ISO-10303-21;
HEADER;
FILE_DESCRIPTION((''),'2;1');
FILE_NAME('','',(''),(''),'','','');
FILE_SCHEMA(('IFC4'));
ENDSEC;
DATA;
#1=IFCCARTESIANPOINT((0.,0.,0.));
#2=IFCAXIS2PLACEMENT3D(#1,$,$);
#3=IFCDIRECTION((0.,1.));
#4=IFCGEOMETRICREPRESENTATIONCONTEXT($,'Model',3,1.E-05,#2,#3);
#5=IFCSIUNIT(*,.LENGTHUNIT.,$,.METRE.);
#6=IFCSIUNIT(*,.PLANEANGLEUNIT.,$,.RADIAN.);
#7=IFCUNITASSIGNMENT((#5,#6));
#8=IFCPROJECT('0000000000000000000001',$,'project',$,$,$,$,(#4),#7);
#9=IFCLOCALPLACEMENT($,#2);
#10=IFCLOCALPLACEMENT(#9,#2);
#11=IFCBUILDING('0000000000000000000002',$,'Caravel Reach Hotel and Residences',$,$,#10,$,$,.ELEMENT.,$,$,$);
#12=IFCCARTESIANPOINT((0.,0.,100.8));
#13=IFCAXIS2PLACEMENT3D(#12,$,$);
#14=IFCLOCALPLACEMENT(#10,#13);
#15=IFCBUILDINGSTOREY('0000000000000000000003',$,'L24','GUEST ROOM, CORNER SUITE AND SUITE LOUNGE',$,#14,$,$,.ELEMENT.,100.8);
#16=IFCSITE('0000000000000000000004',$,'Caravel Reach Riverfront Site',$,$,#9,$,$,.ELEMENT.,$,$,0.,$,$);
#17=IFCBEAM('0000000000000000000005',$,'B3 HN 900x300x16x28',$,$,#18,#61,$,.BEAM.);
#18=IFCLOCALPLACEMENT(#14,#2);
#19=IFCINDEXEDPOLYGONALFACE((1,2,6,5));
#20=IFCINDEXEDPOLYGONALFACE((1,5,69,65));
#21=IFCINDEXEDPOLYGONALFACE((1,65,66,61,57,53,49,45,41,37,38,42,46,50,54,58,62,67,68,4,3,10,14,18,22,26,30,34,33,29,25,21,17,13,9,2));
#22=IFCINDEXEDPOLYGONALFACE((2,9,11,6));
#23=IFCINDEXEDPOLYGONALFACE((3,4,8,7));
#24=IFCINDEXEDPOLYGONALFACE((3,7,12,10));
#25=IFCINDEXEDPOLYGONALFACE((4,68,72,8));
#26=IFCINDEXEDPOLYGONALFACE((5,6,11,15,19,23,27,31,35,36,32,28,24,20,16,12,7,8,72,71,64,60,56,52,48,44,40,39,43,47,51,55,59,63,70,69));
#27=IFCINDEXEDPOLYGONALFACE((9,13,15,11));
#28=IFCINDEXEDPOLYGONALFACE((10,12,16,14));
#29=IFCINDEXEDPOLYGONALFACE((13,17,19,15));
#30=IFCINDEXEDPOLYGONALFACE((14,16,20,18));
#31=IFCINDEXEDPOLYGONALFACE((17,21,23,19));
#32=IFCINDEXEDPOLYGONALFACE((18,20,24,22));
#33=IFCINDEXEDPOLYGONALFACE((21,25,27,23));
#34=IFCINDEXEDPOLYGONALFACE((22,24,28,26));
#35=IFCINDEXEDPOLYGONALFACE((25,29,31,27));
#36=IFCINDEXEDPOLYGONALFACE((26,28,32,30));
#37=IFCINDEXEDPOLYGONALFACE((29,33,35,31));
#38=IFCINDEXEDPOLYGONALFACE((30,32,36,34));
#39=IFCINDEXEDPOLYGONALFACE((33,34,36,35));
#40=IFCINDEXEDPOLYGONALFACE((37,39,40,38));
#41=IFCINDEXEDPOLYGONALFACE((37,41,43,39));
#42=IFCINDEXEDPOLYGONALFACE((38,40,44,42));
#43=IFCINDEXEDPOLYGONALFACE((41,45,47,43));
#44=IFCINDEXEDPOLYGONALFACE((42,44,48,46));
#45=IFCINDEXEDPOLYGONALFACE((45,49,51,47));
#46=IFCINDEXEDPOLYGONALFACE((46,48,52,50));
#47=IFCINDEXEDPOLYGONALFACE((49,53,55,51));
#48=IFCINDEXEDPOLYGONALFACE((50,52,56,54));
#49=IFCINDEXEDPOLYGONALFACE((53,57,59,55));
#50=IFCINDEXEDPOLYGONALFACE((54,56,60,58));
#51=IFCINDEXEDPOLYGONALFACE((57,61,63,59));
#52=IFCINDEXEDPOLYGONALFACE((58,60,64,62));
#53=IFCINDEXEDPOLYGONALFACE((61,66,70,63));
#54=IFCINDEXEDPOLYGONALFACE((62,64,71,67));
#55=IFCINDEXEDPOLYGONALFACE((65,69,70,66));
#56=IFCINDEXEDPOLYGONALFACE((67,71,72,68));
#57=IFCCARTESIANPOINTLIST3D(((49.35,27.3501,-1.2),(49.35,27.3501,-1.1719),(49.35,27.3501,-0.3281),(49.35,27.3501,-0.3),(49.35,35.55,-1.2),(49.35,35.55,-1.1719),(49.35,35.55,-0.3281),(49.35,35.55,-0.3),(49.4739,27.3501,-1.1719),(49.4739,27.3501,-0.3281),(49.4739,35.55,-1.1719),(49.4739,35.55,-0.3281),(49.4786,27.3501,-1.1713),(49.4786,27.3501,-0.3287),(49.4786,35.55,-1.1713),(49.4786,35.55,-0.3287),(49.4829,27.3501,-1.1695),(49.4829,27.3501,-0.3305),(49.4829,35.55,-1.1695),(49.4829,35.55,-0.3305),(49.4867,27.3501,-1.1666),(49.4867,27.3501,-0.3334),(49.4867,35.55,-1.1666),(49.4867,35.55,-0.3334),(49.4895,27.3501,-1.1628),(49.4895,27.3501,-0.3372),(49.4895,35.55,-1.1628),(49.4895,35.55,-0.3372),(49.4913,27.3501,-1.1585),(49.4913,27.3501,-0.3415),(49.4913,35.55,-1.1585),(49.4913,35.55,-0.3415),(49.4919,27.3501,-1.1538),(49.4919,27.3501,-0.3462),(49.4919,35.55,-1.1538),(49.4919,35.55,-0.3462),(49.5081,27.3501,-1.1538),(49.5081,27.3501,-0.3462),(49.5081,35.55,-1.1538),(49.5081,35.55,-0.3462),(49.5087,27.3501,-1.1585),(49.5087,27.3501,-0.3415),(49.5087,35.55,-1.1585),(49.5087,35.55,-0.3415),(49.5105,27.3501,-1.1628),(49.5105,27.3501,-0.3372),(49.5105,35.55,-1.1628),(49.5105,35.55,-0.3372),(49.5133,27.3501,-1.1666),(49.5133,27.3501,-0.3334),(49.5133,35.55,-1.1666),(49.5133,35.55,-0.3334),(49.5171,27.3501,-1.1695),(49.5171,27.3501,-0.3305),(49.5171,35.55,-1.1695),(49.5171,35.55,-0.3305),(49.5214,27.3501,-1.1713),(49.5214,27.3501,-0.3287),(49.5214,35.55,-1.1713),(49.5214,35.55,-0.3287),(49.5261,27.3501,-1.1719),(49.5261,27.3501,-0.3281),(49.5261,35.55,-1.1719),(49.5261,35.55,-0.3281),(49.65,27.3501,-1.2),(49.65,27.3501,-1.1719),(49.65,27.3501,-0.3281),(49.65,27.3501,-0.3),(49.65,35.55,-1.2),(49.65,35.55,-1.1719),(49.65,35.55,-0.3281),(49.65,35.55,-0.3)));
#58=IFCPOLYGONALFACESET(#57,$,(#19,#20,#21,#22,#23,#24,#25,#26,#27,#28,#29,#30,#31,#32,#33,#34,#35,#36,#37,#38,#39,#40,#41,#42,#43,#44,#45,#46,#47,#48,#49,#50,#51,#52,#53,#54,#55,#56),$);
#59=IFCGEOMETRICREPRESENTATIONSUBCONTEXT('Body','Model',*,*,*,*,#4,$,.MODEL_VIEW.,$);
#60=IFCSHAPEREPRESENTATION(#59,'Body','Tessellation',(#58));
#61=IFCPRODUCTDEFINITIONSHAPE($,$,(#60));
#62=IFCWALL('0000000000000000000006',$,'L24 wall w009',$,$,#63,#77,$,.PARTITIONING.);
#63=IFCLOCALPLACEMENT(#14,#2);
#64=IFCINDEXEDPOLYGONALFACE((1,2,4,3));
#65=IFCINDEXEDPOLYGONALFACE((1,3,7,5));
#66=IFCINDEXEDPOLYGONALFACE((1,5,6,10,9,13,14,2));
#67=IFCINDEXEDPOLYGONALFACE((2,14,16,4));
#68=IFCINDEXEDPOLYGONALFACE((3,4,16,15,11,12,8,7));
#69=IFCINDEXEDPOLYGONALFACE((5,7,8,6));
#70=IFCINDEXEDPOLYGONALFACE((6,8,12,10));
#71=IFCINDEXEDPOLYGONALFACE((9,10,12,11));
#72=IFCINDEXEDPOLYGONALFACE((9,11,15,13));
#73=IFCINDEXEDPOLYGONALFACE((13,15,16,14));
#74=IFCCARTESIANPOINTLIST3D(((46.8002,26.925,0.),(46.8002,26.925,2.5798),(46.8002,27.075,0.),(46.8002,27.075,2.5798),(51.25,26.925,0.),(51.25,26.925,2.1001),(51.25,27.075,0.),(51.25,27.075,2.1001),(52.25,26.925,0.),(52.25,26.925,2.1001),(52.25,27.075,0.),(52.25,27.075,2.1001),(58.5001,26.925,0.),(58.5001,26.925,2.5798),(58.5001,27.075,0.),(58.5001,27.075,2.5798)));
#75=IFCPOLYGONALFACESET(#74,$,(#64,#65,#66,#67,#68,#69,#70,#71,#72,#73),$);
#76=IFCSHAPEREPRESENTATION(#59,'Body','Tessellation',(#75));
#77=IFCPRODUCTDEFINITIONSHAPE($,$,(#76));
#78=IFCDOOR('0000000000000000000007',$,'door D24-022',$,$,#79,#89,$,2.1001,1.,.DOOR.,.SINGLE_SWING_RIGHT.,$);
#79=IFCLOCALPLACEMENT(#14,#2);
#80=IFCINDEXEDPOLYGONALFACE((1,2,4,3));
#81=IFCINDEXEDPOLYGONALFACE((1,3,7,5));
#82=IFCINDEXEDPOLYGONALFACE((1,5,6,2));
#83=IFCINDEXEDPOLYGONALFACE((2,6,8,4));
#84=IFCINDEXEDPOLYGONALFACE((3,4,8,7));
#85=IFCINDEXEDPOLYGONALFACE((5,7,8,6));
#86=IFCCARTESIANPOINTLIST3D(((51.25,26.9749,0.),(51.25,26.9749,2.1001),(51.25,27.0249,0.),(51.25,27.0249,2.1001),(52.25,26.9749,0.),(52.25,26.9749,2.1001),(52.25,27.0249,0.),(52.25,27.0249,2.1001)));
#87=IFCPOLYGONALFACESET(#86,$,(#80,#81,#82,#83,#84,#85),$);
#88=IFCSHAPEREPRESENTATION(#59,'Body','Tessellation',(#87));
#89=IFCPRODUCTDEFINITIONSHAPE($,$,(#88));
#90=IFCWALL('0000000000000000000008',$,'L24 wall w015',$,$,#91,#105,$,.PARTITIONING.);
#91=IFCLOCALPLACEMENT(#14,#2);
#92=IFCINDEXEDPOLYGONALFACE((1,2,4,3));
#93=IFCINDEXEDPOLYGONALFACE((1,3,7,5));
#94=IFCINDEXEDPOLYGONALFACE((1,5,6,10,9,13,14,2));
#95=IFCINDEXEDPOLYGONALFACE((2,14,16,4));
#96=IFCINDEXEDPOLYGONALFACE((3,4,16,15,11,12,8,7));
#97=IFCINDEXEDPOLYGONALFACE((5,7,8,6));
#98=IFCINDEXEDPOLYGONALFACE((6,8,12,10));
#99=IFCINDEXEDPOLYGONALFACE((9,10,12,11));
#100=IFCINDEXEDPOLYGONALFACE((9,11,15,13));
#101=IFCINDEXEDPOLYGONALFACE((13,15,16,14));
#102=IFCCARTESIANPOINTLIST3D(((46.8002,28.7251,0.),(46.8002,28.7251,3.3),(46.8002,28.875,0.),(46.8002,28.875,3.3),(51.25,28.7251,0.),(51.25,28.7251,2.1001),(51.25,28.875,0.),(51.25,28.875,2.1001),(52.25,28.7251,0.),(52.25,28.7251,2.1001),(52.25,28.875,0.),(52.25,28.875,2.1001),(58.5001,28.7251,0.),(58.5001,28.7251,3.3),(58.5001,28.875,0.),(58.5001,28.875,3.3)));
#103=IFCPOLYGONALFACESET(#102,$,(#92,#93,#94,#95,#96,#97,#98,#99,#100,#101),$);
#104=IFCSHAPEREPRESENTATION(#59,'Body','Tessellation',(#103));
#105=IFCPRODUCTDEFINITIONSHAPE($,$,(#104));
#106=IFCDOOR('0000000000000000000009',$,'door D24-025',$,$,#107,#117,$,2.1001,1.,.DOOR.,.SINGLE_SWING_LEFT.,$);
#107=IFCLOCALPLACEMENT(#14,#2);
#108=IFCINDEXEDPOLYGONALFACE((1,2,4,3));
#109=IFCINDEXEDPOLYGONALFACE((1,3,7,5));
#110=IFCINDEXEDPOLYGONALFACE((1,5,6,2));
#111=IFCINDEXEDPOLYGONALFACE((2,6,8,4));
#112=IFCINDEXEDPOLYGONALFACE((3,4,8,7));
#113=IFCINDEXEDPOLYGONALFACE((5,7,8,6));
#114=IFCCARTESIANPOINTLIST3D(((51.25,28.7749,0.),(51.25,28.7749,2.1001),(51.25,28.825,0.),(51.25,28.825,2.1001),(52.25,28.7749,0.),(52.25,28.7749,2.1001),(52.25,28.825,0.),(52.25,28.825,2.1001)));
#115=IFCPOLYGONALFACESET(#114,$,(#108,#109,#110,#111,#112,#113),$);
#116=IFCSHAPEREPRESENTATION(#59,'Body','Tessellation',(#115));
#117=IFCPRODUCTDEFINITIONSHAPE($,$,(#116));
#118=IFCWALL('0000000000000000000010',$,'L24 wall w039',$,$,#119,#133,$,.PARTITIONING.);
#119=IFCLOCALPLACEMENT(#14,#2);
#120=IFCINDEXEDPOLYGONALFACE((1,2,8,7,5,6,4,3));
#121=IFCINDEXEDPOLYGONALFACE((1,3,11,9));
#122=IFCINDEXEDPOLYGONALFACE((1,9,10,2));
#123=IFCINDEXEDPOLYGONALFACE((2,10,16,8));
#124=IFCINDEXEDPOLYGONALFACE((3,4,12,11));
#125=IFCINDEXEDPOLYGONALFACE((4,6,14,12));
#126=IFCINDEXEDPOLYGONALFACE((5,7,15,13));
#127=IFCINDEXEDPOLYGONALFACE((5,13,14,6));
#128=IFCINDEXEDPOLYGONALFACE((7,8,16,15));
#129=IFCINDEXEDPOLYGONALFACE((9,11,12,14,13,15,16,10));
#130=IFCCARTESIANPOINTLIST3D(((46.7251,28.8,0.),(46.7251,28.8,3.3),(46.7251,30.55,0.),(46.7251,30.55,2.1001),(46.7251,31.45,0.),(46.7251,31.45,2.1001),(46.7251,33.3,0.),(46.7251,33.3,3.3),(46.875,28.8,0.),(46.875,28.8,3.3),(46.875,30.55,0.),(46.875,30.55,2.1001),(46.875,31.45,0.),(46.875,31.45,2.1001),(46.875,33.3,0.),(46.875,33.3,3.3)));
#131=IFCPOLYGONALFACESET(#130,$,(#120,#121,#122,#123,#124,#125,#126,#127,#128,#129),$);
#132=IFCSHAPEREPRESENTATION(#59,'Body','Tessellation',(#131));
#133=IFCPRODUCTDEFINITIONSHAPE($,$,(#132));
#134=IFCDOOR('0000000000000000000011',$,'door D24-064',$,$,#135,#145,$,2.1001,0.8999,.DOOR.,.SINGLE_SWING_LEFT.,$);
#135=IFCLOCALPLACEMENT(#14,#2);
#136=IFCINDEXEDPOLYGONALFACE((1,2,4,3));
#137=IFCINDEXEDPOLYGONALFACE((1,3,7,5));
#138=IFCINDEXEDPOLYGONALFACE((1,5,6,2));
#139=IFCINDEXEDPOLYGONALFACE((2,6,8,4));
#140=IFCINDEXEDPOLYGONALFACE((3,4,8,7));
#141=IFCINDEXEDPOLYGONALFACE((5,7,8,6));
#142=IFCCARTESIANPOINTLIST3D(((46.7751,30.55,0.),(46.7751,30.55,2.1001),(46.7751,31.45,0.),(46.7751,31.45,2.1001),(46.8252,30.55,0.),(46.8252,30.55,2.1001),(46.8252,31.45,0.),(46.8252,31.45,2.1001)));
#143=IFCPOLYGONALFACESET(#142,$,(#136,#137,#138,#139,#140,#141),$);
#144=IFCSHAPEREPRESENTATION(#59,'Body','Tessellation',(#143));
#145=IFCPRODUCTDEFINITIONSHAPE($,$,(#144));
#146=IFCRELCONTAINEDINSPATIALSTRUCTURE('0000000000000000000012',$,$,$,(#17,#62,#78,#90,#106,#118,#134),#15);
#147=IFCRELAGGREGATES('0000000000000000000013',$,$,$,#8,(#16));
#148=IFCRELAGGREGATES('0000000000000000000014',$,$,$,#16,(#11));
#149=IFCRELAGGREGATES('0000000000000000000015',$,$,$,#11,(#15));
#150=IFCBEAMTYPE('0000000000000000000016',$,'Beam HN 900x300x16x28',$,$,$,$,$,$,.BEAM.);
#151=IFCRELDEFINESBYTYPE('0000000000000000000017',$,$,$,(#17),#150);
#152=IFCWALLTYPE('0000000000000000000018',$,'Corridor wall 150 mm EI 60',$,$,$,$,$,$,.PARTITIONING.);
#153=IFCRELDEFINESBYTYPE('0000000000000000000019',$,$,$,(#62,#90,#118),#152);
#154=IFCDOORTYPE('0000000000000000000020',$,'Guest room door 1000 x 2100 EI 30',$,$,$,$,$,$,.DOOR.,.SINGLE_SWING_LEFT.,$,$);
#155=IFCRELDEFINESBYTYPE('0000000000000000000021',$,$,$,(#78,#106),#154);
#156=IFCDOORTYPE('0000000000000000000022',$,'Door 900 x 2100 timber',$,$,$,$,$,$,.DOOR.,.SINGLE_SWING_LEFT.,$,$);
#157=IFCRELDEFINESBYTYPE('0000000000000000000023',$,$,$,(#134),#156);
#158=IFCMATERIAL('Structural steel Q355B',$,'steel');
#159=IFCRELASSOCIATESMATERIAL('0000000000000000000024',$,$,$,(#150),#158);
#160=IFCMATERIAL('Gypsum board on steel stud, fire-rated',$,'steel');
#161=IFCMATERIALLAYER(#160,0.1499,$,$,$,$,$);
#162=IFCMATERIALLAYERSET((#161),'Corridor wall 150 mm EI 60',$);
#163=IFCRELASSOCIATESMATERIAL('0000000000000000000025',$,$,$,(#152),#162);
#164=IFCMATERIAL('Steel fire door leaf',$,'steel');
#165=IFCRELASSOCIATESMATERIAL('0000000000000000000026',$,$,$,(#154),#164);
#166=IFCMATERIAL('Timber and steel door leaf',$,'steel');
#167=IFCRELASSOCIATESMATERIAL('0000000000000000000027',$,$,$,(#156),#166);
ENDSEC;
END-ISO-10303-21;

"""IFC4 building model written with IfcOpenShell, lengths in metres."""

from ifc_helpers import new_model, si_unit, direction, frame, frame_2d, origin, origin_2d, place, context, subcontext, project, spatial, rectangle, i_section, extrude, material, layer, layer_set, material_profile, profile_set, type_object, element, fill, save


model = new_model("IFC4")

# Units and contexts
model_context = context("Model", 3, precision=1e-05, world=origin(), true_north=direction((0.0, 1.0)))
body_context = subcontext(model_context, "Body", "Model", "MODEL_VIEW")
ifc_project = project(units=[si_unit("LENGTHUNIT", "METRE"), si_unit("PLANEANGLEUNIT", "RADIAN")], contexts=[model_context])

# Site, building, storey
site_placement = place(None, origin())
site = spatial("IfcSite", under=ifc_project, at=site_placement, Name="Caravel Reach Riverfront Site", CompositionType="ELEMENT", RefElevation=0.0)
building_placement = place(site_placement, origin())
building = spatial("IfcBuilding", under=site, at=building_placement, Name="Caravel Reach Hotel and Residences", CompositionType="ELEMENT")
storey_placement = place(building_placement, frame((0.0, 0.0, 100.8)))
storey = spatial("IfcBuildingStorey", under=building, at=storey_placement, Name="L24", Description="GUEST ROOM, CORNER SUITE AND SUITE LOUNGE", CompositionType="ELEMENT", Elevation=100.8)

# Beam
ifc_material_1 = material(Name="Structural steel Q355B", Category="steel")
ifc_material_profile_1 = material_profile(ifc_material_1, i_section(OverallWidth=0.3, OverallDepth=0.8999, WebThickness=0.0161, FlangeThickness=0.0281, FilletRadius=0.0181, at=origin_2d()), Name="HN 900x300x16x28")
ifc_profile_set_1 = profile_set([ifc_material_profile_1], Name="Structural steel Q355B")
beam_type_1 = type_object("IfcBeamType", Name="Beam HN 900x300x16x28", PredefinedType="BEAM", material=ifc_profile_set_1)
beam_1_placement = place(storey_placement, frame((49.5, 27.3501, -0.75), z_axis=(0.0, 1.0, 0.0), x_axis=(-1.0, 0.0, 0.0)))
element("IfcBeam", 1, at=beam_1_placement, inside=storey, type_object=beam_type_1, Name="B3 HN 900x300x16x28", PredefinedType="BEAM", context=body_context, shape_type="SweptSolid", body=[
    extrude(i_section(OverallWidth=0.3, OverallDepth=0.8999, WebThickness=0.0161, FlangeThickness=0.0281, FilletRadius=0.0181, at=origin_2d()), origin(), (0.0, 0.0, 1.0), 8.2),
])

# Walls, openings, doors
ifc_material_2 = material(Name="Gypsum board on steel stud, fire-rated", Category="steel")
ifc_layer_1 = layer(ifc_material_2, 0.1499)
ifc_layer_set_1 = layer_set([ifc_layer_1], Name="Corridor wall 150 mm EI 60")
wall_type_1 = type_object("IfcWallType", Name="Corridor wall 150 mm EI 60", PredefinedType="PARTITIONING", material=ifc_layer_set_1)
wall_1_placement = place(storey_placement, frame((46.8, 27.0, 0.0), z_axis=(0.0, 0.0, 1.0), x_axis=(1.0, 0.0, 0.0)))
wall_1 = element("IfcWall", 2, at=wall_1_placement, inside=storey, type_object=wall_type_1, Name="L24 wall w009", PredefinedType="PARTITIONING", context=body_context, shape_type="SweptSolid", body=[
    extrude(rectangle(XDim=11.7, YDim=0.1499, at=frame_2d((5.8501, 0.0))), origin(), (0.0, 0.0, 1.0), 2.5798),
])
opening_1_placement = place(wall_1_placement, frame((4.45, 0.0, 0.0)))
opening_1 = element("IfcOpeningElement", 3, at=opening_1_placement, cuts=wall_1, PredefinedType="OPENING", context=body_context, shape_type="SweptSolid", body=[
    extrude(rectangle(XDim=1.0, YDim=2.1001, at=frame_2d((0.5, 1.05))), frame((0.0, 0.085, 0.0), z_axis=(0.0, -1.0, 0.0), x_axis=(1.0, 0.0, 0.0)), (0.0, 0.0, 1.0), 0.1699),
])
ifc_material_3 = material(Name="Steel fire door leaf", Category="steel")
door_type_1 = type_object("IfcDoorType", Name="Guest room door 1000 x 2100 EI 30", OperationType="SINGLE_SWING_LEFT", PredefinedType="DOOR", material=ifc_material_3)
door_1_placement = place(opening_1_placement, origin())
door_1 = element("IfcDoor", 4, at=door_1_placement, inside=storey, type_object=door_type_1, Name="door D24-022", OperationType="SINGLE_SWING_RIGHT", OverallHeight=2.1001, OverallWidth=1.0, PredefinedType="DOOR", context=body_context, shape_type="SweptSolid", body=[
    extrude(rectangle(XDim=1.0, YDim=2.1001, at=frame_2d((0.5, 1.05))), frame((0.0, 0.0249, 0.0), z_axis=(0.0, -1.0, 0.0), x_axis=(1.0, 0.0, 0.0)), (0.0, 0.0, 1.0), 0.05),
])
fill(opening_1, door_1)
wall_2_placement = place(storey_placement, frame((46.8, 28.8, 0.0), z_axis=(0.0, 0.0, 1.0), x_axis=(1.0, 0.0, 0.0)))
wall_2 = element("IfcWall", 5, at=wall_2_placement, inside=storey, type_object=wall_type_1, Name="L24 wall w015", PredefinedType="PARTITIONING", context=body_context, shape_type="SweptSolid", body=[
    extrude(rectangle(XDim=11.7, YDim=0.1499, at=frame_2d((5.8501, 0.0))), origin(), (0.0, 0.0, 1.0), 3.3),
])
opening_2_placement = place(wall_2_placement, frame((4.45, 0.0, 0.0)))
opening_2 = element("IfcOpeningElement", 6, at=opening_2_placement, cuts=wall_2, PredefinedType="OPENING", context=body_context, shape_type="SweptSolid", body=[
    extrude(rectangle(XDim=1.0, YDim=2.1001, at=frame_2d((0.5, 1.05))), frame((0.0, 0.085, 0.0), z_axis=(0.0, -1.0, 0.0), x_axis=(1.0, 0.0, 0.0)), (0.0, 0.0, 1.0), 0.1699),
])
door_2_placement = place(opening_2_placement, origin())
door_2 = element("IfcDoor", 7, at=door_2_placement, inside=storey, type_object=door_type_1, Name="door D24-025", OperationType="SINGLE_SWING_LEFT", OverallHeight=2.1001, OverallWidth=1.0, PredefinedType="DOOR", context=body_context, shape_type="SweptSolid", body=[
    extrude(rectangle(XDim=1.0, YDim=2.1001, at=frame_2d((0.5, 1.05))), frame((0.0, 0.0249, 0.0), z_axis=(0.0, -1.0, 0.0), x_axis=(1.0, 0.0, 0.0)), (0.0, 0.0, 1.0), 0.05),
])
fill(opening_2, door_2)
wall_3_placement = place(storey_placement, frame((46.8, 28.8, 0.0), z_axis=(0.0, 0.0, 1.0), x_axis=(0.0, 1.0, 0.0)))
wall_3 = element("IfcWall", 8, at=wall_3_placement, inside=storey, type_object=wall_type_1, Name="L24 wall w039", PredefinedType="PARTITIONING", context=body_context, shape_type="SweptSolid", body=[
    extrude(rectangle(XDim=4.5, YDim=0.1499, at=frame_2d((2.25, 0.0))), origin(), (0.0, 0.0, 1.0), 3.3),
])
opening_3_placement = place(wall_3_placement, frame((1.75, 0.0, 0.0)))
opening_3 = element("IfcOpeningElement", 9, at=opening_3_placement, cuts=wall_3, PredefinedType="OPENING", context=body_context, shape_type="SweptSolid", body=[
    extrude(rectangle(XDim=0.8999, YDim=2.1001, at=frame_2d((0.45, 1.05))), frame((0.0, 0.085, 0.0), z_axis=(0.0, -1.0, 0.0), x_axis=(1.0, 0.0, 0.0)), (0.0, 0.0, 1.0), 0.1699),
])
ifc_material_4 = material(Name="Timber and steel door leaf", Category="steel")
door_type_2 = type_object("IfcDoorType", Name="Door 900 x 2100 timber", OperationType="SINGLE_SWING_LEFT", PredefinedType="DOOR", material=ifc_material_4)
door_3_placement = place(opening_3_placement, origin())
door_3 = element("IfcDoor", 10, at=door_3_placement, inside=storey, type_object=door_type_2, Name="door D24-064", OperationType="SINGLE_SWING_LEFT", OverallHeight=2.1001, OverallWidth=0.8999, PredefinedType="DOOR", context=body_context, shape_type="SweptSolid", body=[
    extrude(rectangle(XDim=0.8999, YDim=2.1001, at=frame_2d((0.45, 1.05))), frame((0.0, 0.0249, 0.0), z_axis=(0.0, -1.0, 0.0), x_axis=(1.0, 0.0, 0.0)), (0.0, 0.0, 1.0), 0.05),
])
fill(opening_3, door_3)

save(model, "model.ifc")
